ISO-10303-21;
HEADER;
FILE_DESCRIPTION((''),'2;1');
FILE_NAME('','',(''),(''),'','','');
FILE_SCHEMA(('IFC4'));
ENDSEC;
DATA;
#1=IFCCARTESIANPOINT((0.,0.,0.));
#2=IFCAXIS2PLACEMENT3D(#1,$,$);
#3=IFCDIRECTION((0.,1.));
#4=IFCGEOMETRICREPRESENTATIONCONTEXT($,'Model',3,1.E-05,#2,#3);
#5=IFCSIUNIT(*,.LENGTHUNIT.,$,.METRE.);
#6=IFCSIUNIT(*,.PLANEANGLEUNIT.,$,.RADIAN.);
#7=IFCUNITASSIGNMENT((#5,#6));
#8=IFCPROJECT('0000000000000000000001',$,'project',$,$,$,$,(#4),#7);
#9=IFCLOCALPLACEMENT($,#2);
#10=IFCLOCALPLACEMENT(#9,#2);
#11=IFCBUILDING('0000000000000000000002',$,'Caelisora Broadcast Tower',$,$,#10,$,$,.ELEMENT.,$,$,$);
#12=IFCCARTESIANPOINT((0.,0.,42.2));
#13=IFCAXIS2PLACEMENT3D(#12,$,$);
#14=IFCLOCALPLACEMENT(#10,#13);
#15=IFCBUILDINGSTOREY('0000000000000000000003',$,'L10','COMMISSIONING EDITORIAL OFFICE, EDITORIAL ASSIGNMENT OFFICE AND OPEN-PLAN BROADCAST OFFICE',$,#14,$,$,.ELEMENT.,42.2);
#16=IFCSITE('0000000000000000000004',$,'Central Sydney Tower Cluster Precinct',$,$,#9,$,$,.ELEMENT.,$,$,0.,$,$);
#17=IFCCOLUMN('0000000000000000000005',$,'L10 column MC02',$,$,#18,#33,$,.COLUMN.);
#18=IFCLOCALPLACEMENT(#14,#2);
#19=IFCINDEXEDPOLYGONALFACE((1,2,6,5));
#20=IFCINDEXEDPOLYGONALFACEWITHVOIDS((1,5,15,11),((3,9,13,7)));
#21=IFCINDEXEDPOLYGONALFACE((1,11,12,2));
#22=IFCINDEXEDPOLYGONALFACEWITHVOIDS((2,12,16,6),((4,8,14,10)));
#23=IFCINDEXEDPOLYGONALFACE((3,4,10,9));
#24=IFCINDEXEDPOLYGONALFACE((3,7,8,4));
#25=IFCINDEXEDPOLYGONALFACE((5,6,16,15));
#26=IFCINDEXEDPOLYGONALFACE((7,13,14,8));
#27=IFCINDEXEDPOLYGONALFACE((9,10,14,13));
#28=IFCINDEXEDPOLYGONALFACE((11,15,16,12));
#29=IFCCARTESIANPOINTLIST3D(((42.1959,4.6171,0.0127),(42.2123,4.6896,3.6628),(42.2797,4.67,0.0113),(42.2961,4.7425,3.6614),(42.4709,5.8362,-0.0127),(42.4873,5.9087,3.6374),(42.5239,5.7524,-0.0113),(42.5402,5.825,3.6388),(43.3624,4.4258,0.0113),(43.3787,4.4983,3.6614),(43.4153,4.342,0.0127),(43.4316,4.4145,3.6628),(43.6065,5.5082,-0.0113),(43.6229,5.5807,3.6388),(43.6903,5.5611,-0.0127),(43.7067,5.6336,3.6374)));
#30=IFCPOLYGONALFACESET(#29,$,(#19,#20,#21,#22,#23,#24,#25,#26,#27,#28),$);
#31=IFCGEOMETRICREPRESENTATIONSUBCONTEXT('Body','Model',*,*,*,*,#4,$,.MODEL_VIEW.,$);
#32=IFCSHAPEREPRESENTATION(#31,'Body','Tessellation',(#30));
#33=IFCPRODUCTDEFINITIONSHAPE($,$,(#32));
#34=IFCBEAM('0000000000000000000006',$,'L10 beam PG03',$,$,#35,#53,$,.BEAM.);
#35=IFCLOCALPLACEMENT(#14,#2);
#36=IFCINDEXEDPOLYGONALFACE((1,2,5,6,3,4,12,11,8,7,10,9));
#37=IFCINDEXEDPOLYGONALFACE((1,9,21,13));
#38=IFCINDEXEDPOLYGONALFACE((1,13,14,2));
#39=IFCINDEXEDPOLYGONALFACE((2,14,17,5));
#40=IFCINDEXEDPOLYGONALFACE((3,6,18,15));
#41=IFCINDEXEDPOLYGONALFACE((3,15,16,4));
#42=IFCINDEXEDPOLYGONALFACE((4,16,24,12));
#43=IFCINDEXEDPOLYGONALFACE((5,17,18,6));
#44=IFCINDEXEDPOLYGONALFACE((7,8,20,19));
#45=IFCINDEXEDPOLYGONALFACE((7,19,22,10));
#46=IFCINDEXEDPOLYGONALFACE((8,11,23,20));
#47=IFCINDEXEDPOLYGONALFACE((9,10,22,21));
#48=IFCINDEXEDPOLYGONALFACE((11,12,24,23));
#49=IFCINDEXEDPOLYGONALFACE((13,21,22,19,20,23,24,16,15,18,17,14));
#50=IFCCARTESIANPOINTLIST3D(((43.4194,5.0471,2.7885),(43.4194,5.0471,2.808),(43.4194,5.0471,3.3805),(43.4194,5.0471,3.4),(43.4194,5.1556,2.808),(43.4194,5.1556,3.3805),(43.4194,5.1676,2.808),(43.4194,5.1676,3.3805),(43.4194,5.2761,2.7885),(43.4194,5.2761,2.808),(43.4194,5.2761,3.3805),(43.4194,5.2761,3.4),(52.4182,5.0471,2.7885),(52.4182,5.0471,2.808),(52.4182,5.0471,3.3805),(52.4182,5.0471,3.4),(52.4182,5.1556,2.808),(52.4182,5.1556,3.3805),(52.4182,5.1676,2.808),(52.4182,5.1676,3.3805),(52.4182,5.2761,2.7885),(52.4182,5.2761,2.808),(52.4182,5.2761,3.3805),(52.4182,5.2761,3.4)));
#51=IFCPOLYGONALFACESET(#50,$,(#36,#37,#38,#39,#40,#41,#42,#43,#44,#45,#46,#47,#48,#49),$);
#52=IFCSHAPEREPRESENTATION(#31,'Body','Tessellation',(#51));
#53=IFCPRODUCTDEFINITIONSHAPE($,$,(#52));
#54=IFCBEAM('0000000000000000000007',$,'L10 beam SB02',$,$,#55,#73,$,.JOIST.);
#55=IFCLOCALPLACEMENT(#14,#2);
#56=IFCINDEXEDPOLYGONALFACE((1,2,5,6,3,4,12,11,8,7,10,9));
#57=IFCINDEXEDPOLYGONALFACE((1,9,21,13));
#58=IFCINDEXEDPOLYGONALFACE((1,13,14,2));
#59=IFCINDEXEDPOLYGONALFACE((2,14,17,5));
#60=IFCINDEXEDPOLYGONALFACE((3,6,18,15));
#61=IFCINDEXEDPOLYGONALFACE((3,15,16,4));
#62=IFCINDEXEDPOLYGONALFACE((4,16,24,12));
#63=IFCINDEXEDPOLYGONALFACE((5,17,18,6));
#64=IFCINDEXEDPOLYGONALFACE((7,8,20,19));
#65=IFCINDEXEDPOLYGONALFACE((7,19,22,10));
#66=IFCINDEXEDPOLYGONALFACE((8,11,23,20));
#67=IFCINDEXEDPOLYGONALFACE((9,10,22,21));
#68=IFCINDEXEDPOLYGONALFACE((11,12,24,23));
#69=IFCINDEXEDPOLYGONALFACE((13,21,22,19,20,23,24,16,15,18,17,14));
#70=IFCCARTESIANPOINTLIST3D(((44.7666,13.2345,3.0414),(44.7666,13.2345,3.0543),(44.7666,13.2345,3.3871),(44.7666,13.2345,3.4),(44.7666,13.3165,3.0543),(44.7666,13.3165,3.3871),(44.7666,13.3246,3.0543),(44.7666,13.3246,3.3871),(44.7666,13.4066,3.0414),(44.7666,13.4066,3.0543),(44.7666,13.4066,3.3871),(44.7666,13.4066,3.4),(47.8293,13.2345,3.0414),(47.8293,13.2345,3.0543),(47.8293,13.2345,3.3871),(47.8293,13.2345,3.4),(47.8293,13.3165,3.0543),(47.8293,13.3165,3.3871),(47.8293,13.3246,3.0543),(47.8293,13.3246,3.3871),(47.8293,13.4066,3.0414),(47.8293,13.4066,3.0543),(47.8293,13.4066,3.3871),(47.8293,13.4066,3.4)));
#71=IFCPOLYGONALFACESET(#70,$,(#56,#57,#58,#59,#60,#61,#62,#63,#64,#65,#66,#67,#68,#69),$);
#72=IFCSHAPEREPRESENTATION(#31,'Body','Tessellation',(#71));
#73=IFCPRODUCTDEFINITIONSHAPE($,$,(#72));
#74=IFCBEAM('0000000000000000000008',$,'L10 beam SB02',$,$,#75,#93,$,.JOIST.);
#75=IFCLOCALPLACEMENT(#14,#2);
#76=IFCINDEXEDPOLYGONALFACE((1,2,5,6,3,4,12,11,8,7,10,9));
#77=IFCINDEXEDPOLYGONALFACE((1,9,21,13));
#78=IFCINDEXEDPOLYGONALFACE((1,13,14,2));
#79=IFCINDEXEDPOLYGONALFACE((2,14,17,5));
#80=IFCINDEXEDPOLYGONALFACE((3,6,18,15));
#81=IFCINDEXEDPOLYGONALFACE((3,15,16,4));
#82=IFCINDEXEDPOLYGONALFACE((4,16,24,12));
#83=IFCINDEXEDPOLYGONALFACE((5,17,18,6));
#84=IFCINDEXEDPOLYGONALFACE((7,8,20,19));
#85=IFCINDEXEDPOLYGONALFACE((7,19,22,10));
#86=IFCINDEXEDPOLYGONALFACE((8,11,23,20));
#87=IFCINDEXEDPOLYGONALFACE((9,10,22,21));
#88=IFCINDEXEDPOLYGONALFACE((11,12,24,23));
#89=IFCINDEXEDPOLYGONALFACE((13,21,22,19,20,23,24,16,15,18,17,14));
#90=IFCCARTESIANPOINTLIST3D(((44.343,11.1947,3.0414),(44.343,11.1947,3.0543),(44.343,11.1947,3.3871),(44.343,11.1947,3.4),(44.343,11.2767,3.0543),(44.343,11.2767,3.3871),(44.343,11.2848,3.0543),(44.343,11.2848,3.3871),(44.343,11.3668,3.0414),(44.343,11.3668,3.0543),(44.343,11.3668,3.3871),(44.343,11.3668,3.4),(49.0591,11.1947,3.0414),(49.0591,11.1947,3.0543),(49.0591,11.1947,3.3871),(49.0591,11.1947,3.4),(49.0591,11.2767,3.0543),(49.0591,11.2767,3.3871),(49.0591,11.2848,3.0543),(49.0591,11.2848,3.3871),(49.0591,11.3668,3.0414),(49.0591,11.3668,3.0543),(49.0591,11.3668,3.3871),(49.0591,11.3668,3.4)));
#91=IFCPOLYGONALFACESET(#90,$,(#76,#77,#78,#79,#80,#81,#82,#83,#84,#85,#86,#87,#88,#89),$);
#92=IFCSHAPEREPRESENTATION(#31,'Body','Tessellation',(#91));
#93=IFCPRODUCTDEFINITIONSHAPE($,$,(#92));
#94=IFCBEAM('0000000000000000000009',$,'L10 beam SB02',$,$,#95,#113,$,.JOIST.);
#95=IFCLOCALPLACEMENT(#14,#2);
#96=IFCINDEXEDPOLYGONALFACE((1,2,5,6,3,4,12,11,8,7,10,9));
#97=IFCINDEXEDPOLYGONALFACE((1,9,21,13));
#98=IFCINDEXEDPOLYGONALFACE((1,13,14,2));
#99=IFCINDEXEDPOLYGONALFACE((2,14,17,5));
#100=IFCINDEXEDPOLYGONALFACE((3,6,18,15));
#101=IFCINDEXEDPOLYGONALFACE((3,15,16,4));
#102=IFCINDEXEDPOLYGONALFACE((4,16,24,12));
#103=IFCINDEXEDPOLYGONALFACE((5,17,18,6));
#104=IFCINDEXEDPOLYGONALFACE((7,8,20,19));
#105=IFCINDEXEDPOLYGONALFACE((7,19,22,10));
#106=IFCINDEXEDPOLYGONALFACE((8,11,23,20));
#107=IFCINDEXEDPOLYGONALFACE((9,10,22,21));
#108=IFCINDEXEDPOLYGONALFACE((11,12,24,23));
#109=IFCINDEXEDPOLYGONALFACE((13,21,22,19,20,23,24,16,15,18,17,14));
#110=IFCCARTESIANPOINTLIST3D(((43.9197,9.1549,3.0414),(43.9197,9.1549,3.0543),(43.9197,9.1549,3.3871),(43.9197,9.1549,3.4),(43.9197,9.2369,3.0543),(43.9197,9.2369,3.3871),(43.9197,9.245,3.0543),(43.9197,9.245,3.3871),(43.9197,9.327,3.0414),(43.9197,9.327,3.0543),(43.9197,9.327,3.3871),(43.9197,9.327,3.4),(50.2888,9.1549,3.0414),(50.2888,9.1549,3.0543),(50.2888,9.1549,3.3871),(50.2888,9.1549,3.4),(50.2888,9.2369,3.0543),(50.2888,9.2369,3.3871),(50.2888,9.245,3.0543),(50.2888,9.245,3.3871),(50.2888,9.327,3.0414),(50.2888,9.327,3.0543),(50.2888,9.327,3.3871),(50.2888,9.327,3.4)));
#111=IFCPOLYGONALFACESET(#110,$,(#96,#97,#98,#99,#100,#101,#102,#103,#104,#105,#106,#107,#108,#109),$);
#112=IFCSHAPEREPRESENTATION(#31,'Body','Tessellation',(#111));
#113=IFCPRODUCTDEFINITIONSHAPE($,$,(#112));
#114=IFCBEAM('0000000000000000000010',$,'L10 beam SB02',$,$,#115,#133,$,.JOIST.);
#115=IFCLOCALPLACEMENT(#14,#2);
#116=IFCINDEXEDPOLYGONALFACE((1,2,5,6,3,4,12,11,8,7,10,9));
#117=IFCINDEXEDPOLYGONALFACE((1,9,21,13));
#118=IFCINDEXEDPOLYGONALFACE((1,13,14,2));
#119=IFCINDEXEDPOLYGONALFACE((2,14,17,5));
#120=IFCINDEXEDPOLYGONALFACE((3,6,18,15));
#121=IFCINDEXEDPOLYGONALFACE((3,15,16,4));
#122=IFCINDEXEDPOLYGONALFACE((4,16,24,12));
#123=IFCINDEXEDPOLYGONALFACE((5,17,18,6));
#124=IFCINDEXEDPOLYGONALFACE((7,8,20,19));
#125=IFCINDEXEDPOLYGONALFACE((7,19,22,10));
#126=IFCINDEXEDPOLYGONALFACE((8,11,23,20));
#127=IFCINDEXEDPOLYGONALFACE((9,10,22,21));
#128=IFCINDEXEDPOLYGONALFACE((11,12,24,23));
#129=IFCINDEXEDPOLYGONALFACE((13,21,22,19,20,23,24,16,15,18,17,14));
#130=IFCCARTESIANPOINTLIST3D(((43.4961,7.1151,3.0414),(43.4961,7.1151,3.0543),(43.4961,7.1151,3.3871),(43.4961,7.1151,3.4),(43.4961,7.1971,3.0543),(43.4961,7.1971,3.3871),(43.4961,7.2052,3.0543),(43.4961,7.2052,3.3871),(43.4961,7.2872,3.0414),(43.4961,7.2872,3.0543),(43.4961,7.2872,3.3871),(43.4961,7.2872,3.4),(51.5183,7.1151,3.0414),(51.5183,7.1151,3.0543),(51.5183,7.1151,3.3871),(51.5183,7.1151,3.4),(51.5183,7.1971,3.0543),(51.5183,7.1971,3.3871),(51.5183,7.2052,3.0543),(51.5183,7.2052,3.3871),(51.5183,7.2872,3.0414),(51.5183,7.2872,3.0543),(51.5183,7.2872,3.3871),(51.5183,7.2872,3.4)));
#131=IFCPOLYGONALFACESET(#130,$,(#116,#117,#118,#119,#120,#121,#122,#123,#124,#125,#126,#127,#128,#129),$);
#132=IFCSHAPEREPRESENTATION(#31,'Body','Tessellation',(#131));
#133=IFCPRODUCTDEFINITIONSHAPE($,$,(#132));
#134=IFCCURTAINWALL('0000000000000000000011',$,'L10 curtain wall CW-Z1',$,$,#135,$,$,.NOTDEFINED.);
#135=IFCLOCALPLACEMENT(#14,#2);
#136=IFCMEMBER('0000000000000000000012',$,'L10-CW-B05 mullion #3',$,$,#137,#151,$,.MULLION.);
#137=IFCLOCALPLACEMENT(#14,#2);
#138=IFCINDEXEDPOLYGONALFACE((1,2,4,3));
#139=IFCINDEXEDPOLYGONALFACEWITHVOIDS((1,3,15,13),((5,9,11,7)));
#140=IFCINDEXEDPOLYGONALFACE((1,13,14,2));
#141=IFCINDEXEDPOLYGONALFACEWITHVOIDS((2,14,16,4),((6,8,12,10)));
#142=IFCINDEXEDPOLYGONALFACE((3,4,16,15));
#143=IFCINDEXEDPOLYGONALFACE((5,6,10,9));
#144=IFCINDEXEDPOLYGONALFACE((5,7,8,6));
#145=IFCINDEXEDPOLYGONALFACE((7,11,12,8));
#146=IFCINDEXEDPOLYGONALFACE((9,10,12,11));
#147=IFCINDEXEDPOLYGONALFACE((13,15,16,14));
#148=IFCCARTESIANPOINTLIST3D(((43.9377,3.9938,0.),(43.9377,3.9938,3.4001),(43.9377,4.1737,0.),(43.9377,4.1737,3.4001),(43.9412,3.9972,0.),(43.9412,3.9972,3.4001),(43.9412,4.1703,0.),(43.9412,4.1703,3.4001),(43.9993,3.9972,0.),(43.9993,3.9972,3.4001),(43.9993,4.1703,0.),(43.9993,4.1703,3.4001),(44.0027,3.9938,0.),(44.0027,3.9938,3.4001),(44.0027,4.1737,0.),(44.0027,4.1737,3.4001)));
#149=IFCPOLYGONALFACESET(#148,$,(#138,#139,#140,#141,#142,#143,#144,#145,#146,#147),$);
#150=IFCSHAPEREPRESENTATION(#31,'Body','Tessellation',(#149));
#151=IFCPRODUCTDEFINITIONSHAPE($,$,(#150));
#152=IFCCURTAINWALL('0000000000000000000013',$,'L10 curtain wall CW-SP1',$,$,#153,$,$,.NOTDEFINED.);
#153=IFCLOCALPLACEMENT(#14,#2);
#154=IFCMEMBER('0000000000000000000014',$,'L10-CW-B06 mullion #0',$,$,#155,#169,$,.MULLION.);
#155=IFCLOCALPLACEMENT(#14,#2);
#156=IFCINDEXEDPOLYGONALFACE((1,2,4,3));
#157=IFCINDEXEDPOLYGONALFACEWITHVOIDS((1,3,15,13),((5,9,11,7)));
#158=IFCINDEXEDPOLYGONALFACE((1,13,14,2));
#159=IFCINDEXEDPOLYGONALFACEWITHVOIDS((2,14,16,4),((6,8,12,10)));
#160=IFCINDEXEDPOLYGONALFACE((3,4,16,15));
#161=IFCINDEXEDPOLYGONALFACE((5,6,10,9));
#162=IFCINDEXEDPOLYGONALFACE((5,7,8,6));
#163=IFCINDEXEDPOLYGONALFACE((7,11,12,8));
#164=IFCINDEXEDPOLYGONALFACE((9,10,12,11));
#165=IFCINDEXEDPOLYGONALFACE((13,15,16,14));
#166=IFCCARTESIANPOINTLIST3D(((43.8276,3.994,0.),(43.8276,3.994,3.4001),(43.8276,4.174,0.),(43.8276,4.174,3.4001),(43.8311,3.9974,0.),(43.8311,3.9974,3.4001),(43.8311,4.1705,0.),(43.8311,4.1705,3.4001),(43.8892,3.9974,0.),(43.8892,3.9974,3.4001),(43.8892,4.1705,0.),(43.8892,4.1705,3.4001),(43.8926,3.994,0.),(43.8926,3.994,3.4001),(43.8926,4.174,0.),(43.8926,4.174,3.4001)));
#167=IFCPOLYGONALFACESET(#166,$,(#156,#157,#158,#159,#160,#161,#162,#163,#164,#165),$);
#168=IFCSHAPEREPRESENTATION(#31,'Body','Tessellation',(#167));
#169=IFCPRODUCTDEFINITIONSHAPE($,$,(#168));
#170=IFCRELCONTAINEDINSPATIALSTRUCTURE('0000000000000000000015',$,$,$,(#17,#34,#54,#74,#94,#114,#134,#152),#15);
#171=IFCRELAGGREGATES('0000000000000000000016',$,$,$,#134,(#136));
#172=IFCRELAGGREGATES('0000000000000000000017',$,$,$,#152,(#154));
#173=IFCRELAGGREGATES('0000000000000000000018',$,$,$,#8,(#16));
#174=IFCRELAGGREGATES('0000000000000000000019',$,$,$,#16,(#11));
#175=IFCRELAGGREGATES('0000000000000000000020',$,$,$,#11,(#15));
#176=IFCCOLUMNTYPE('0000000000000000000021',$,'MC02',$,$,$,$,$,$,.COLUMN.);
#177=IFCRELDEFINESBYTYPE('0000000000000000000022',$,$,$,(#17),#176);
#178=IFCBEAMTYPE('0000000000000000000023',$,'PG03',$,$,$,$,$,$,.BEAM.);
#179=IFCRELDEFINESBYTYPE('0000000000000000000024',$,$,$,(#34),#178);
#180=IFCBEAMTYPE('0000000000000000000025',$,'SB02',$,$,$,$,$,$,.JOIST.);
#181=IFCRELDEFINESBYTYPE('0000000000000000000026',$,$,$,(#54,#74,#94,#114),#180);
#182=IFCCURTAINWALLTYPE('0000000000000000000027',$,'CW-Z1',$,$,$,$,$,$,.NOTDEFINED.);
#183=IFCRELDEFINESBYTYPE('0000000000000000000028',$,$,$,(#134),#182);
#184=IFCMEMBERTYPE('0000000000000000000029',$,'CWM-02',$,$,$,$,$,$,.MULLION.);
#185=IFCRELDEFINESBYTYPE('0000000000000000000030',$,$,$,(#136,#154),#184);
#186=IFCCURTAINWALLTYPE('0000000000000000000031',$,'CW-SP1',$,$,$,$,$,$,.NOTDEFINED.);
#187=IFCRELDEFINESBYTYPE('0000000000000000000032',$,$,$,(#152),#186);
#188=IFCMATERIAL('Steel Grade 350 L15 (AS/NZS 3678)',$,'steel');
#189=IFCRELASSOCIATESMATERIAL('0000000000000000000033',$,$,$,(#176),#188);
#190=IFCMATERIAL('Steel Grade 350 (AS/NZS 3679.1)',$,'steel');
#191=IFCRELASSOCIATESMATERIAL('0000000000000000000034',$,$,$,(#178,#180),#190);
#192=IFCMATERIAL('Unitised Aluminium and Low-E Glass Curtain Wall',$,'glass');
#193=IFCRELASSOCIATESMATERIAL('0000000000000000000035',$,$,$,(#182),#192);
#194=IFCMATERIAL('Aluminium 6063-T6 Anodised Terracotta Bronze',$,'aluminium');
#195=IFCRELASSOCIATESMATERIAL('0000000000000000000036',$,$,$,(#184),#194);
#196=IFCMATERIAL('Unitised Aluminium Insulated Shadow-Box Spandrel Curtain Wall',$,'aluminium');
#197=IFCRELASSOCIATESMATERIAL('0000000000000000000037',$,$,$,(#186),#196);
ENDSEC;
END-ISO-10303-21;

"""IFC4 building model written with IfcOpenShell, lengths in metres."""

from ifc_helpers import new_model, si_unit, direction, frame, origin, origin_2d, place, context, subcontext, project, spatial, hollow_rectangle, i_section, extrude, source, transform, mapped, material, material_profile, profile_set, type_object, type_shapes, element, aggregate, save


model = new_model("IFC4")

# Units and contexts
model_context = context("Model", 3, precision=1e-05, world=origin(), true_north=direction((0.0, 1.0)))
body_context = subcontext(model_context, "Body", "Model", "MODEL_VIEW")
ifc_project = project(units=[si_unit("LENGTHUNIT", "METRE"), si_unit("PLANEANGLEUNIT", "RADIAN")], contexts=[model_context])

# Site, building, storey
site_placement = place(None, origin())
site = spatial("IfcSite", under=ifc_project, at=site_placement, Name="Central Sydney Tower Cluster Precinct", CompositionType="ELEMENT", RefElevation=0.0)
building_placement = place(site_placement, origin())
building = spatial("IfcBuilding", under=site, at=building_placement, Name="Caelisora Broadcast Tower", CompositionType="ELEMENT")
storey_placement = place(building_placement, frame((0.0, 0.0, 42.2)))
storey = spatial("IfcBuildingStorey", under=building, at=storey_placement, Name="L10", Description="COMMISSIONING EDITORIAL OFFICE, EDITORIAL ASSIGNMENT OFFICE AND OPEN-PLAN BROADCAST OFFICE", CompositionType="ELEMENT", Elevation=42.2)

# Column
ifc_material_1 = material(Name="Steel Grade 350 L15 (AS/NZS 3678)", Category="steel")
ifc_material_profile_1 = material_profile(ifc_material_1, hollow_rectangle(XDim=1.25, YDim=1.25, WallThickness=0.0701, at=origin_2d()), Name="Steel Grade 350 L15 (AS/NZS 3678)")
ifc_profile_set_1 = profile_set([ifc_material_profile_1], Name="Steel Grade 350 L15 (AS/NZS 3678)")
column_type = type_object("IfcColumnType", Name="MC02", PredefinedType="COLUMN", material=ifc_profile_set_1)
shared_shape_1 = source(origin(), body_context, "Body", "SweptSolid", [
    extrude(hollow_rectangle(XDim=1.25, YDim=1.25, WallThickness=0.0701, at=origin_2d()), origin(), (0.0, 0.0, 1.0), 3.6509),
])
type_shapes(column_type, [shared_shape_1])
column_placement = place(storey_placement, frame((42.9431, 5.0891, 0.0), z_axis=(0.00448, 0.019861, 0.999793), x_axis=(-0.975487, 0.220059, 0.0)))
element("IfcColumn", 1, at=column_placement, inside=storey, type_object=column_type, Name="L10 column MC02", PredefinedType="COLUMN", context=body_context, shape_type="MappedRepresentation", body=[
    mapped(shared_shape_1, transform((0.0, 0.0, 0.0), scale=1.0)),
])

# Beams
ifc_material_2 = material(Name="Steel Grade 350 (AS/NZS 3679.1)", Category="steel")
ifc_material_profile_2 = material_profile(ifc_material_2, i_section(OverallWidth=0.229, OverallDepth=0.6116, WebThickness=0.012, FlangeThickness=0.0195, at=origin_2d()), Name="Steel Grade 350 (AS/NZS 3679.1)")
ifc_profile_set_2 = profile_set([ifc_material_profile_2], Name="Steel Grade 350 (AS/NZS 3679.1)")
beam_type_1 = type_object("IfcBeamType", Name="PG03", PredefinedType="BEAM", material=ifc_profile_set_2)
shared_shape_2 = source(origin(), body_context, "Body", "SweptSolid", [
    extrude(i_section(OverallWidth=0.229, OverallDepth=0.6116, WebThickness=0.012, FlangeThickness=0.0195, at=origin_2d()), origin(), (0.0, 0.0, 1.0), 8.9988),
])
type_shapes(beam_type_1, [shared_shape_2])
beam_1_placement = place(storey_placement, frame((43.4194, 5.1616, 3.0942), z_axis=(1.0, 0.0, 0.0), x_axis=(0.0, 1.0, 0.0)))
element("IfcBeam", 2, at=beam_1_placement, inside=storey, type_object=beam_type_1, Name="L10 beam PG03", PredefinedType="BEAM", context=body_context, shape_type="MappedRepresentation", body=[
    mapped(shared_shape_2, transform((0.0, 0.0, 0.0), scale=1.0)),
])
ifc_material_profile_3 = material_profile(ifc_material_2, i_section(OverallWidth=0.1721, OverallDepth=0.3586, WebThickness=0.0081, FlangeThickness=0.0129, at=origin_2d()), Name="Steel Grade 350 (AS/NZS 3679.1)")
ifc_profile_set_3 = profile_set([ifc_material_profile_3], Name="Steel Grade 350 (AS/NZS 3679.1)")
beam_type_2 = type_object("IfcBeamType", Name="SB02", PredefinedType="JOIST", material=ifc_profile_set_3)
shared_shape_3 = source(origin(), body_context, "Body", "SweptSolid", [
    extrude(i_section(OverallWidth=0.1721, OverallDepth=0.3586, WebThickness=0.0081, FlangeThickness=0.0129, at=origin_2d()), origin(), (0.0, 0.0, 1.0), 3.0627),
])
beam_2_placement = place(storey_placement, frame((44.7666, 13.3206, 3.2207), z_axis=(1.0, 0.0, 0.0), x_axis=(0.0, 1.0, 0.0)))
element("IfcBeam", 3, at=beam_2_placement, inside=storey, type_object=beam_type_2, Name="L10 beam SB02", PredefinedType="JOIST", context=body_context, shape_type="MappedRepresentation", body=[
    mapped(shared_shape_3, transform((0.0, 0.0, 0.0), scale=1.0)),
])
shared_shape_4 = source(origin(), body_context, "Body", "SweptSolid", [
    extrude(i_section(OverallWidth=0.1721, OverallDepth=0.3586, WebThickness=0.0081, FlangeThickness=0.0129, at=origin_2d()), origin(), (0.0, 0.0, 1.0), 4.7161),
])
beam_3_placement = place(storey_placement, frame((44.343, 11.2808, 3.2207), z_axis=(1.0, 0.0, 0.0), x_axis=(0.0, 1.0, 0.0)))
element("IfcBeam", 4, at=beam_3_placement, inside=storey, type_object=beam_type_2, Name="L10 beam SB02", PredefinedType="JOIST", context=body_context, shape_type="MappedRepresentation", body=[
    mapped(shared_shape_4, transform((0.0, 0.0, 0.0), scale=1.0)),
])
shared_shape_5 = source(origin(), body_context, "Body", "SweptSolid", [
    extrude(i_section(OverallWidth=0.1721, OverallDepth=0.3586, WebThickness=0.0081, FlangeThickness=0.0129, at=origin_2d()), origin(), (0.0, 0.0, 1.0), 6.3691),
])
beam_4_placement = place(storey_placement, frame((43.9197, 9.241, 3.2207), z_axis=(1.0, 0.0, 0.0), x_axis=(0.0, 1.0, 0.0)))
element("IfcBeam", 5, at=beam_4_placement, inside=storey, type_object=beam_type_2, Name="L10 beam SB02", PredefinedType="JOIST", context=body_context, shape_type="MappedRepresentation", body=[
    mapped(shared_shape_5, transform((0.0, 0.0, 0.0), scale=1.0)),
])
shared_shape_6 = source(origin(), body_context, "Body", "SweptSolid", [
    extrude(i_section(OverallWidth=0.1721, OverallDepth=0.3586, WebThickness=0.0081, FlangeThickness=0.0129, at=origin_2d()), origin(), (0.0, 0.0, 1.0), 8.0222),
])
type_shapes(beam_type_2, [shared_shape_3, shared_shape_4, shared_shape_5, shared_shape_6])
beam_5_placement = place(storey_placement, frame((43.4961, 7.2012, 3.2207), z_axis=(1.0, 0.0, 0.0), x_axis=(0.0, 1.0, 0.0)))
element("IfcBeam", 6, at=beam_5_placement, inside=storey, type_object=beam_type_2, Name="L10 beam SB02", PredefinedType="JOIST", context=body_context, shape_type="MappedRepresentation", body=[
    mapped(shared_shape_6, transform((0.0, 0.0, 0.0), scale=1.0)),
])

# Curtain wall, member
ifc_material_3 = material(Name="Unitised Aluminium and Low-E Glass Curtain Wall", Category="glass")
curtain_wall_type_1 = type_object("IfcCurtainWallType", Name="CW-Z1", PredefinedType="NOTDEFINED", material=ifc_material_3)
curtain_wall_1_placement = place(storey_placement, origin())
curtain_wall_1 = element("IfcCurtainWall", 7, at=curtain_wall_1_placement, inside=storey, type_object=curtain_wall_type_1, Name="L10 curtain wall CW-Z1", PredefinedType="NOTDEFINED")
ifc_material_4 = material(Name="Aluminium 6063-T6 Anodised Terracotta Bronze", Category="aluminium")
ifc_material_profile_4 = material_profile(ifc_material_4, hollow_rectangle(XDim=0.0649, YDim=0.1799, WallThickness=0.0034, at=origin_2d()), Name="Aluminium 6063-T6 Anodised Terracotta Bronze")
ifc_profile_set_4 = profile_set([ifc_material_profile_4], Name="Aluminium 6063-T6 Anodised Terracotta Bronze")
member_type_1 = type_object("IfcMemberType", Name="CWM-02", PredefinedType="MULLION", material=ifc_profile_set_4)
shared_shape_7 = source(origin(), body_context, "Body", "SweptSolid", [
    extrude(hollow_rectangle(XDim=0.0649, YDim=0.1799, WallThickness=0.0034, at=origin_2d()), origin(), (0.0, 0.0, 1.0), 3.4001),
])
type_shapes(member_type_1, [shared_shape_7])
member_1_placement = place(storey_placement, frame((43.9702, 4.0837, 0.0), z_axis=(0.0, 0.0, 1.0), x_axis=(1.0, 0.0, 0.0)))
member_1 = element("IfcMember", 8, at=member_1_placement, type_object=member_type_1, Name="L10-CW-B05 mullion #3", PredefinedType="MULLION", context=body_context, shape_type="MappedRepresentation", body=[
    mapped(shared_shape_7, transform((0.0, 0.0, 0.0), scale=1.0)),
])
aggregate(curtain_wall_1, [member_1])

# Curtain wall, member
ifc_material_5 = material(Name="Unitised Aluminium Insulated Shadow-Box Spandrel Curtain Wall", Category="aluminium")
curtain_wall_type_2 = type_object("IfcCurtainWallType", Name="CW-SP1", PredefinedType="NOTDEFINED", material=ifc_material_5)
curtain_wall_2_placement = place(storey_placement, origin())
curtain_wall_2 = element("IfcCurtainWall", 9, at=curtain_wall_2_placement, inside=storey, type_object=curtain_wall_type_2, Name="L10 curtain wall CW-SP1", PredefinedType="NOTDEFINED")
member_2_placement = place(storey_placement, frame((43.8601, 4.084, 0.0), z_axis=(0.0, 0.0, 1.0), x_axis=(1.0, 0.0, 0.0)))
member_2 = element("IfcMember", 10, at=member_2_placement, type_object=member_type_1, Name="L10-CW-B06 mullion #0", PredefinedType="MULLION", context=body_context, shape_type="MappedRepresentation", body=[
    mapped(shared_shape_7, transform((0.0, 0.0, 0.0), scale=1.0)),
])

aggregate(curtain_wall_2, [member_2])

save(model, "model.ifc")
